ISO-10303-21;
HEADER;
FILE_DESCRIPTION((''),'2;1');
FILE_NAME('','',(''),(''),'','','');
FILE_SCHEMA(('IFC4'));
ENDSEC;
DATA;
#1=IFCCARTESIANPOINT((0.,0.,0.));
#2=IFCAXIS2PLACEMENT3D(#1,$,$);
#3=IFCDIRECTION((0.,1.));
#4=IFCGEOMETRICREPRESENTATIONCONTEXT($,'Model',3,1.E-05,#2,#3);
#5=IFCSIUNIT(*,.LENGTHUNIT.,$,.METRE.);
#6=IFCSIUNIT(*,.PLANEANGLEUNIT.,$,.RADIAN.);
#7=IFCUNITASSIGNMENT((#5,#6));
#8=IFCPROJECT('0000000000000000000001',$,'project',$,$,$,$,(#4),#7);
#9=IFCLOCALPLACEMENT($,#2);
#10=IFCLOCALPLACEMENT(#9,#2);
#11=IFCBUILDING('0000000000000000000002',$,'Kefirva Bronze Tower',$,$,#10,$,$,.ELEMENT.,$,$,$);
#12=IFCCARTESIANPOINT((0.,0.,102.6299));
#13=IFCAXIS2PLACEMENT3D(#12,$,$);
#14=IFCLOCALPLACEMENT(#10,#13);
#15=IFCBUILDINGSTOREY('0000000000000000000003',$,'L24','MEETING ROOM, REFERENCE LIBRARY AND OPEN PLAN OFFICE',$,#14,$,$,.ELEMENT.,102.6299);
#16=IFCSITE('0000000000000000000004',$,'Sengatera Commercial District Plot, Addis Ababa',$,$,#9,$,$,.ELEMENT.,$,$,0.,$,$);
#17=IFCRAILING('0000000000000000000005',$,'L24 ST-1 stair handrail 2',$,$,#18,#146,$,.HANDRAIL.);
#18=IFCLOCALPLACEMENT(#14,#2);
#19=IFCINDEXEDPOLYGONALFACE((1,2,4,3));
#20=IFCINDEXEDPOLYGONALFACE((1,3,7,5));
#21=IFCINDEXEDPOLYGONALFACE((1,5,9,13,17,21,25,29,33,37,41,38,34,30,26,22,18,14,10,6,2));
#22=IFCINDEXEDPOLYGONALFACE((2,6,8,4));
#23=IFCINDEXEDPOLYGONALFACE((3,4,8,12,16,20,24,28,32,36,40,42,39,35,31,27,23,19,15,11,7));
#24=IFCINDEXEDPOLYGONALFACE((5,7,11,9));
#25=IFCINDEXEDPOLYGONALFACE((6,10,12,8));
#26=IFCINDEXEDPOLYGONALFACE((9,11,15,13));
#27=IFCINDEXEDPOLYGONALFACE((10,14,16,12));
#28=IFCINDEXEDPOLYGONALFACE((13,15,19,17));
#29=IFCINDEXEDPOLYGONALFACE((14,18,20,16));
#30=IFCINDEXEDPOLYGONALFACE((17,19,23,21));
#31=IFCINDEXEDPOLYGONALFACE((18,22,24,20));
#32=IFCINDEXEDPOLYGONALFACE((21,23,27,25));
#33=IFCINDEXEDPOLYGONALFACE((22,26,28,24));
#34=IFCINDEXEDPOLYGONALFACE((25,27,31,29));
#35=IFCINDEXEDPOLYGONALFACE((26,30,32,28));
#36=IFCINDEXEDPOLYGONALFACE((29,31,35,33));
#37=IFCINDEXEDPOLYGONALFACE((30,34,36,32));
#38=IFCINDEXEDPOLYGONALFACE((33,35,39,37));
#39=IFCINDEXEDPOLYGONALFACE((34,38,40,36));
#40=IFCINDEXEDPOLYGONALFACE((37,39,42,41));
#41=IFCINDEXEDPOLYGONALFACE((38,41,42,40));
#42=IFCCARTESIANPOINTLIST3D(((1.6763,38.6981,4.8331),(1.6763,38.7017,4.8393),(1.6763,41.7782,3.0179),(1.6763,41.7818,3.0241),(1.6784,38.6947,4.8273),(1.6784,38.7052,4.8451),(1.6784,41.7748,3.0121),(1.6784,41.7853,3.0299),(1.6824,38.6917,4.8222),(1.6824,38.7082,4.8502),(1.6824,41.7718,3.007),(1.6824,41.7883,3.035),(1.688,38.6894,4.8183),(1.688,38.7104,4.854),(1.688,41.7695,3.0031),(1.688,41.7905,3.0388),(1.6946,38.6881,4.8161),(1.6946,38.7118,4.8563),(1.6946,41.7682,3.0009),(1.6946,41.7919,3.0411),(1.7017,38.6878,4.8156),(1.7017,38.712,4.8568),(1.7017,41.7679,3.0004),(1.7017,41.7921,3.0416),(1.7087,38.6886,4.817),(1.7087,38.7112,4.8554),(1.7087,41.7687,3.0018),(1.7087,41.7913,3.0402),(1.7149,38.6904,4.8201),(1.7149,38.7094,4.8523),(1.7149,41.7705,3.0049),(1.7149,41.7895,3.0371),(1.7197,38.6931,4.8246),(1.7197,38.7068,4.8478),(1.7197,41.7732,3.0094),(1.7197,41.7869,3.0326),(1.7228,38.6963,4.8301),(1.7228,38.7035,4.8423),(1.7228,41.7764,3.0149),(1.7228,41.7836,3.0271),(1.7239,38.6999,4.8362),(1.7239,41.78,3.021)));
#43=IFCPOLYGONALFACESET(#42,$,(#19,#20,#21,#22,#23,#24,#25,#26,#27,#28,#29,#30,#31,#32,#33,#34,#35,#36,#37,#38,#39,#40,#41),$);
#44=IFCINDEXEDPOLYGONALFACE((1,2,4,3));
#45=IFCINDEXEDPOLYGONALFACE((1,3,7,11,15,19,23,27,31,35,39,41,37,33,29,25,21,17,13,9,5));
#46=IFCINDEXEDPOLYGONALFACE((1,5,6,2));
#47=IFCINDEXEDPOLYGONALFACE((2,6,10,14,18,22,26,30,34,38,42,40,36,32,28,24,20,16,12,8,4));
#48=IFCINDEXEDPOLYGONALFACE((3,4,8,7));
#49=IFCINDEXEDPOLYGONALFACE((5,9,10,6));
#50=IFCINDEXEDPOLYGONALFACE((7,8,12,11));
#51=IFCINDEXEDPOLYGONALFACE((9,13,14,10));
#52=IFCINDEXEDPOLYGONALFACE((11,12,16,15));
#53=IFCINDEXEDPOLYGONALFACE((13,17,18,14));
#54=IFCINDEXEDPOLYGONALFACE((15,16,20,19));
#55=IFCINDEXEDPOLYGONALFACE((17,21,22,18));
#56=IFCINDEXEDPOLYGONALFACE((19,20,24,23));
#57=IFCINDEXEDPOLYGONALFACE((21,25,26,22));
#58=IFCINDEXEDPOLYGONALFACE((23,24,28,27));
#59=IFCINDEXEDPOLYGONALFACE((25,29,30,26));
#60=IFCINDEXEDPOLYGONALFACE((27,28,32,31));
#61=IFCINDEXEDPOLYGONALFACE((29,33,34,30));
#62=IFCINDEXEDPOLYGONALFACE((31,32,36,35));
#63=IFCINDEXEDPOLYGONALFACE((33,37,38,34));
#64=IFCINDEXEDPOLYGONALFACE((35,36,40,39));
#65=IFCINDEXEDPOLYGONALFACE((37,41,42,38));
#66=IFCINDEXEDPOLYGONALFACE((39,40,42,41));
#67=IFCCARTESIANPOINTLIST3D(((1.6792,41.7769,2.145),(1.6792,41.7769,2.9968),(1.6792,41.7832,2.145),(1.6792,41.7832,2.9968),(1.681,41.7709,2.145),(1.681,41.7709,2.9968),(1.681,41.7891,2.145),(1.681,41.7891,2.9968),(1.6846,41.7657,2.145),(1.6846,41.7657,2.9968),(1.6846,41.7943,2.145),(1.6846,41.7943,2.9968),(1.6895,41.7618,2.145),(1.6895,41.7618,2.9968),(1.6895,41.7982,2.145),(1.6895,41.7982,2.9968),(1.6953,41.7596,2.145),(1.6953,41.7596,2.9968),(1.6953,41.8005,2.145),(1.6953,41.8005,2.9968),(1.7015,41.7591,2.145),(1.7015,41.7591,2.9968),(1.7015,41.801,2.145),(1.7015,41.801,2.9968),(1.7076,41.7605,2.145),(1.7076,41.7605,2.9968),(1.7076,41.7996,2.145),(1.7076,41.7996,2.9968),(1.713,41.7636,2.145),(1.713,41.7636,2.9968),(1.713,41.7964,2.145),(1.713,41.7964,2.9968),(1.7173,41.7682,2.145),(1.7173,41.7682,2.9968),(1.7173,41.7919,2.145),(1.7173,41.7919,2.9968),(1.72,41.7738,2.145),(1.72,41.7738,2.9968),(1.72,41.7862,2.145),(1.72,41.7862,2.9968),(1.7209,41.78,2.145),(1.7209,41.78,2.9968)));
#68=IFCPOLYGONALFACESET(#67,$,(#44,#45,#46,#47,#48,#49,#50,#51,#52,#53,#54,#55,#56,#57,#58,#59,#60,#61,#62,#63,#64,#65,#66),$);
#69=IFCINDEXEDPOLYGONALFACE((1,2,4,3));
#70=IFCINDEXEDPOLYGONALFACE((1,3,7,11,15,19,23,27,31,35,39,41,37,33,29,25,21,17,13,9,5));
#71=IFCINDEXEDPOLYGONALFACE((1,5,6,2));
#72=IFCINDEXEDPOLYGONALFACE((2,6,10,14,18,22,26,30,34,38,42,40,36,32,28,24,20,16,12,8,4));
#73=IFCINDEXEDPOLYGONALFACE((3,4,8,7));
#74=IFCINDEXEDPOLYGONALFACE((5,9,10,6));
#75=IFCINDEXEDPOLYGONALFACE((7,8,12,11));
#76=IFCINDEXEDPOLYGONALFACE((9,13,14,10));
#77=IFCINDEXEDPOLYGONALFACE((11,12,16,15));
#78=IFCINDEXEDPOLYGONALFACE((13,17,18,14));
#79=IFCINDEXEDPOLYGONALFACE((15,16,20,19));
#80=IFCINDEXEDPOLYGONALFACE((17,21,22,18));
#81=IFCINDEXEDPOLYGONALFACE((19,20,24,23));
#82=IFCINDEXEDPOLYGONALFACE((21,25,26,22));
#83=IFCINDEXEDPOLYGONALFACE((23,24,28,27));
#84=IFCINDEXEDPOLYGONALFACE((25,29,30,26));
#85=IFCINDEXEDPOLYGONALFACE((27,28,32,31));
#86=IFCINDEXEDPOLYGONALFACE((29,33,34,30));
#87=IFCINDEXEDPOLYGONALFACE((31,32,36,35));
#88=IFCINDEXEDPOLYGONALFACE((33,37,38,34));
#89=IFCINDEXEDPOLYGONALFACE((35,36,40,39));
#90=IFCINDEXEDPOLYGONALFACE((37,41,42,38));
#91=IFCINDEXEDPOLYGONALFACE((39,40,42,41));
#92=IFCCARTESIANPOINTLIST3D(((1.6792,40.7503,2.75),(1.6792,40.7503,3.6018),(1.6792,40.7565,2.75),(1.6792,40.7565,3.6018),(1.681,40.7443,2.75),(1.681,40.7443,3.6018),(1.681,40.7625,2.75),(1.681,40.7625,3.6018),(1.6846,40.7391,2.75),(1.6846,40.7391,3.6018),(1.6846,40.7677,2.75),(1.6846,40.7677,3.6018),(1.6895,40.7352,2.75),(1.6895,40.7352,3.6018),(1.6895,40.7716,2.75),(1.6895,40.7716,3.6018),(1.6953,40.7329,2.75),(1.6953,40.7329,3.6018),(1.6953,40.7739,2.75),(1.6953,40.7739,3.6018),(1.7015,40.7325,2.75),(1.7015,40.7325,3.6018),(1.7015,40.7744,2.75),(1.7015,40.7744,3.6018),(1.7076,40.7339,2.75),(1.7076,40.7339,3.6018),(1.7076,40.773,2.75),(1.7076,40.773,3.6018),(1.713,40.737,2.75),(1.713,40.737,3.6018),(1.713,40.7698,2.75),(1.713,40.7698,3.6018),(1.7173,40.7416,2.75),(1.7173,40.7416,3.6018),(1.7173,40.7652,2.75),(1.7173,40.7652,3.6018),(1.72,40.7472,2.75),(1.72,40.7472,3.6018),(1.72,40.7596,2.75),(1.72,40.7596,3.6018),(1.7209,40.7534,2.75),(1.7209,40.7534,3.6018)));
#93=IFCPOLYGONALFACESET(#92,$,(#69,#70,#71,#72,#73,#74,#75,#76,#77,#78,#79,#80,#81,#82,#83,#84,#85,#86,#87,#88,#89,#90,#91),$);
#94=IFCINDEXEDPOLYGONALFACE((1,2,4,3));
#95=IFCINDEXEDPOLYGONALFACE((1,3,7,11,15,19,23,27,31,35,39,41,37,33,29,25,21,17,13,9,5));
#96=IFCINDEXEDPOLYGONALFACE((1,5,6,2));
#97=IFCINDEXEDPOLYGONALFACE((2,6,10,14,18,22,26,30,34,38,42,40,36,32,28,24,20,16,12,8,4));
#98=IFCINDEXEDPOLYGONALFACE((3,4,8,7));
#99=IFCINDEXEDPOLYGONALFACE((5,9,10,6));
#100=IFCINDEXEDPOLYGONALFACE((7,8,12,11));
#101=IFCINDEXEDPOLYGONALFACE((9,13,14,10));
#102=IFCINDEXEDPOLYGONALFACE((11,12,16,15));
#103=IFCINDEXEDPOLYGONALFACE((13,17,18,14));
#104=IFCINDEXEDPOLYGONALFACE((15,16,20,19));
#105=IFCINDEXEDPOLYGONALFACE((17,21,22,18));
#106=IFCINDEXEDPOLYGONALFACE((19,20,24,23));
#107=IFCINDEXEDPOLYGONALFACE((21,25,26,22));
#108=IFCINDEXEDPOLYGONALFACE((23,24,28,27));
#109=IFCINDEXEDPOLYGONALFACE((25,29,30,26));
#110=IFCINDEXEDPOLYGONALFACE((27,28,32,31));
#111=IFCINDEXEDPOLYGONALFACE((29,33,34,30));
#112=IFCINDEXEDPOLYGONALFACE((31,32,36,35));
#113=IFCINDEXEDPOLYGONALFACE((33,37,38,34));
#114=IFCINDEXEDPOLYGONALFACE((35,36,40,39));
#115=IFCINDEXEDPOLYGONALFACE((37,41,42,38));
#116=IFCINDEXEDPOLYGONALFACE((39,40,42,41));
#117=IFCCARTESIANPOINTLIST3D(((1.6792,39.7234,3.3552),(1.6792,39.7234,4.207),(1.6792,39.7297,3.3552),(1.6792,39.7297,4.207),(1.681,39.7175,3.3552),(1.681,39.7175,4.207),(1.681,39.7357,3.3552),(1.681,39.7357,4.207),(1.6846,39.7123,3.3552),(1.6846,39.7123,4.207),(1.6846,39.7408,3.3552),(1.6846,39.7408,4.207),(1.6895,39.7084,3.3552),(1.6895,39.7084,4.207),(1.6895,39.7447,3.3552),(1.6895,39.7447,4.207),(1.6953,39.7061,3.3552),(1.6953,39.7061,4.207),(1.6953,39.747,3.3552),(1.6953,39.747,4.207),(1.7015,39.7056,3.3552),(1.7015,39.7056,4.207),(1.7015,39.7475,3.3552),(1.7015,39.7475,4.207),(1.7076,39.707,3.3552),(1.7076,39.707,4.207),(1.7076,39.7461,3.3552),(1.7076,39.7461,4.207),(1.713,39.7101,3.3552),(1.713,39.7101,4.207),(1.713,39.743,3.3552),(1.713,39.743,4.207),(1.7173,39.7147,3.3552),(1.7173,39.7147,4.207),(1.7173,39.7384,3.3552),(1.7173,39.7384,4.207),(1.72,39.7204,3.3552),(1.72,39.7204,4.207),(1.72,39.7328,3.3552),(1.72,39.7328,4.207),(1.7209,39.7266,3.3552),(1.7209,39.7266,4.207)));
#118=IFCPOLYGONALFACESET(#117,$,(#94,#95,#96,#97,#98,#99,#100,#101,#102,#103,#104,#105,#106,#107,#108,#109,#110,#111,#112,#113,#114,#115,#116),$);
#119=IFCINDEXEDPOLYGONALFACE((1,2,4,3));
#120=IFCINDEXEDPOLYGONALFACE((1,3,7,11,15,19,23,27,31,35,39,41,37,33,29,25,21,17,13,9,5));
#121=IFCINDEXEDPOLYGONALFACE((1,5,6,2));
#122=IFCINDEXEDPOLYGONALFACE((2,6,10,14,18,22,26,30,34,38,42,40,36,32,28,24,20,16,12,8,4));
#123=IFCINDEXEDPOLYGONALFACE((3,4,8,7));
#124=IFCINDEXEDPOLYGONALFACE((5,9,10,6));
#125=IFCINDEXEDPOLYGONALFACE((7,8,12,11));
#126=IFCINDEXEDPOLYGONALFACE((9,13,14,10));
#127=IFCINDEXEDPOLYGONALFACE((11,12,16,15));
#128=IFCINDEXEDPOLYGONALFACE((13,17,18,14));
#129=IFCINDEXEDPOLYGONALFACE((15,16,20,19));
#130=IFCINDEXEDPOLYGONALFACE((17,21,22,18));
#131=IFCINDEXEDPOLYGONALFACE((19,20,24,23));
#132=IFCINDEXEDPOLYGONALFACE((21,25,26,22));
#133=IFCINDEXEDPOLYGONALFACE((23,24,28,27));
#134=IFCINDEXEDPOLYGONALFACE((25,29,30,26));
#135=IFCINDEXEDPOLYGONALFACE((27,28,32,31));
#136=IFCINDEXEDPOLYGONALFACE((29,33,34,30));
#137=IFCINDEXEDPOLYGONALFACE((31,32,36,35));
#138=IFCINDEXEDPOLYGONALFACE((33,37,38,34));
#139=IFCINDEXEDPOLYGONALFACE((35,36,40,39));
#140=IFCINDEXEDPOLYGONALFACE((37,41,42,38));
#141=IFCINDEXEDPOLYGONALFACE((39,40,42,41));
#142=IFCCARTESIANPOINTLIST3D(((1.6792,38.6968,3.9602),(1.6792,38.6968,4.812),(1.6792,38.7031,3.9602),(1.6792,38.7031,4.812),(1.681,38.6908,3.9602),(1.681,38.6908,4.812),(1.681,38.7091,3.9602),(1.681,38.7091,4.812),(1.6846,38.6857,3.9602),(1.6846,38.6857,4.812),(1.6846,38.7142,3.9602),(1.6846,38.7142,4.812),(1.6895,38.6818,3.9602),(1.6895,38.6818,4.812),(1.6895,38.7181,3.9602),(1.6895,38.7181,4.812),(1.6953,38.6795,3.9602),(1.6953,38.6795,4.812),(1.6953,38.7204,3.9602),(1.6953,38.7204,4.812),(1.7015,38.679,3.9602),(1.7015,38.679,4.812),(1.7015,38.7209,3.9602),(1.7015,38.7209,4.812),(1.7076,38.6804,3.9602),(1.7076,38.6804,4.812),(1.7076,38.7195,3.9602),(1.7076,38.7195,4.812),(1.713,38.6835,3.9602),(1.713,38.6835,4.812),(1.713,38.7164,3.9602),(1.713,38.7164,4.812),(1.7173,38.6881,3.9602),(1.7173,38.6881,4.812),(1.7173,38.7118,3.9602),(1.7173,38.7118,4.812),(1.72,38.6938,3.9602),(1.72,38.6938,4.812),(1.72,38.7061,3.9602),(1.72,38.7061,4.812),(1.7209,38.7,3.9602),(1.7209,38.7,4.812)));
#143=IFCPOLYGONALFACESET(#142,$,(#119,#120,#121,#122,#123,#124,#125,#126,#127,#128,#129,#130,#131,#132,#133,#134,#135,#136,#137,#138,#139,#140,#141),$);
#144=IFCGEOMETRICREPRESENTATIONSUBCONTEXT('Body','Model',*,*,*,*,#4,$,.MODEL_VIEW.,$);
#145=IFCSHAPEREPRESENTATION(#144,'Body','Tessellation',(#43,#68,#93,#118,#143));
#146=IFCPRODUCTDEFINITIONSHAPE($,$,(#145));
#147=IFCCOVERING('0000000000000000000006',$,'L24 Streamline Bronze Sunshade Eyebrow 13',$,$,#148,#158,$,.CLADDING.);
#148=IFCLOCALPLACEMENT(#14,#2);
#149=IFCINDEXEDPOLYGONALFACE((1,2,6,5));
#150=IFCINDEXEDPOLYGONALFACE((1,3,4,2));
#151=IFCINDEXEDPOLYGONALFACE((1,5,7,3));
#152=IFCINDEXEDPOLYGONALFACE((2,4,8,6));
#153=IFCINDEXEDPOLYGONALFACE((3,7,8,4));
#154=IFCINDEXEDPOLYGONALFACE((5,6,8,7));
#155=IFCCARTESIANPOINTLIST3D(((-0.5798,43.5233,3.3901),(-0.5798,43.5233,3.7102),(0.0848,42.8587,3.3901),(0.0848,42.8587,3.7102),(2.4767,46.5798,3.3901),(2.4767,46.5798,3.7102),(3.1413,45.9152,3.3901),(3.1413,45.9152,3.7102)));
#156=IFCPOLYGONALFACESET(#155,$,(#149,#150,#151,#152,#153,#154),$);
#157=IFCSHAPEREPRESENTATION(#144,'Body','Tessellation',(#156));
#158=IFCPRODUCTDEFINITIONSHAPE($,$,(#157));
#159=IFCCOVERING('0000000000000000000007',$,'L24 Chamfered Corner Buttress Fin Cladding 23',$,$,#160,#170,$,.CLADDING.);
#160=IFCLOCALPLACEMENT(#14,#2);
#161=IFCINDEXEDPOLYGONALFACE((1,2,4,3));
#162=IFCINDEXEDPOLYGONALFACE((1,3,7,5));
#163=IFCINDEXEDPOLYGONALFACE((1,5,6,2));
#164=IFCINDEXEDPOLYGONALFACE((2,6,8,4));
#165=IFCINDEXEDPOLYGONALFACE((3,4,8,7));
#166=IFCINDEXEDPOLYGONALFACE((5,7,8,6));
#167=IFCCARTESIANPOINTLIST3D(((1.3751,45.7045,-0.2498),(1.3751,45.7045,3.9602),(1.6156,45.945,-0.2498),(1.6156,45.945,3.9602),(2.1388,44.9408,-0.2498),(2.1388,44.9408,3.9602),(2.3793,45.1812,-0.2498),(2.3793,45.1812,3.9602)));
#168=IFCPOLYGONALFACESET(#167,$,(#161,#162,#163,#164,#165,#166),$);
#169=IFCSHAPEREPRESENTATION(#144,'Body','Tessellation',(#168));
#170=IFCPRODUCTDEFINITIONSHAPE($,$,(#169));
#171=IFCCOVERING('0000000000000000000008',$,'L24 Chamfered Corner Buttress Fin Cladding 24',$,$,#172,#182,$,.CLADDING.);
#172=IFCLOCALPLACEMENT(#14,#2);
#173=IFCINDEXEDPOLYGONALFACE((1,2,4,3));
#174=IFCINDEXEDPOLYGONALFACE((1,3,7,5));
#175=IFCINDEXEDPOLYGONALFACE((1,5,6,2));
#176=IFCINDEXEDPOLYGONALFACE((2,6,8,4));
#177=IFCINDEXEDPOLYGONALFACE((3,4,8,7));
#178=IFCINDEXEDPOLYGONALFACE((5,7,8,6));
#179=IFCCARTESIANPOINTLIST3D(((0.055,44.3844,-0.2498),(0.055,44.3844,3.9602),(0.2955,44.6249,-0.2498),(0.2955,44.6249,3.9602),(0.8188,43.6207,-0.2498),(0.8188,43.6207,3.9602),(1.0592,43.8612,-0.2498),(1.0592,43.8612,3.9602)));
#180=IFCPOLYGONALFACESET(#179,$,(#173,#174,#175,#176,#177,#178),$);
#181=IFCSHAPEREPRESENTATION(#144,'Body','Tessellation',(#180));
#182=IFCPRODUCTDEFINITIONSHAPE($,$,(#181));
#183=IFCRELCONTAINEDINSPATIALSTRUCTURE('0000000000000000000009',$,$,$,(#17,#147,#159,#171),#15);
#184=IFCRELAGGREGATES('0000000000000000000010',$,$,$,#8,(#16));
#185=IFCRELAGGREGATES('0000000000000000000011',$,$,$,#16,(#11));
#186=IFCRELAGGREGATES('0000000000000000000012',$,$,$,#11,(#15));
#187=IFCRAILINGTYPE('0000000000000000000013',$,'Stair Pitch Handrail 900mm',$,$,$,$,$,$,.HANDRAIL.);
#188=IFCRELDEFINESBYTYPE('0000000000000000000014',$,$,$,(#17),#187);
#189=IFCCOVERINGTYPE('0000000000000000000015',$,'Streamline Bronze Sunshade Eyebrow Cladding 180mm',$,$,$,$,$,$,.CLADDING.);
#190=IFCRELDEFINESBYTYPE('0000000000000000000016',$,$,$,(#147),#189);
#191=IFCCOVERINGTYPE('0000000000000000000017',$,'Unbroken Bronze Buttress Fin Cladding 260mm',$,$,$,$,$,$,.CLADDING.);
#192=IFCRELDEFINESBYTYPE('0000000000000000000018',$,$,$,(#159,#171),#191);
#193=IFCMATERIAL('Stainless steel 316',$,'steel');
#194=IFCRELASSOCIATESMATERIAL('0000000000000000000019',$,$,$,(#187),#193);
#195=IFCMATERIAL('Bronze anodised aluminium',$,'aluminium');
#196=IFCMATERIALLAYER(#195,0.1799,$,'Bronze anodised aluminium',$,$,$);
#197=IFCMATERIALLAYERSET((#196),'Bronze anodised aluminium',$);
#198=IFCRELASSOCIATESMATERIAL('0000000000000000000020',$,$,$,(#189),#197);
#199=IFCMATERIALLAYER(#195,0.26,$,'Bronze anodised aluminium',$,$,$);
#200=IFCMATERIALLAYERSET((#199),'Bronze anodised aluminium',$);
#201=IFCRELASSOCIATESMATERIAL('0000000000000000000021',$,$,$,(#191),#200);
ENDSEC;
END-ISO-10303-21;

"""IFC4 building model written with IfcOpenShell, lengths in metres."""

from ifc_helpers import new_model, si_unit, direction, frame, origin, origin_2d, place, context, subcontext, project, spatial, rectangle, circle, extrude, material, layer, layer_set, type_object, element, save


model = new_model("IFC4")

# Units and contexts
model_context = context("Model", 3, precision=1e-05, world=origin(), true_north=direction((0.0, 1.0)))
body_context = subcontext(model_context, "Body", "Model", "MODEL_VIEW")
ifc_project = project(units=[si_unit("LENGTHUNIT", "METRE"), si_unit("PLANEANGLEUNIT", "RADIAN")], contexts=[model_context])

# Site, building, storey
site_placement = place(None, origin())
site = spatial("IfcSite", under=ifc_project, at=site_placement, Name="Sengatera Commercial District Plot, Addis Ababa", CompositionType="ELEMENT", RefElevation=0.0)
building_placement = place(site_placement, origin())
building = spatial("IfcBuilding", under=site, at=building_placement, Name="Kefirva Bronze Tower", CompositionType="ELEMENT")
storey_placement = place(building_placement, frame((0.0, 0.0, 102.6299)))
storey = spatial("IfcBuildingStorey", under=building, at=storey_placement, Name="L24", Description="MEETING ROOM, REFERENCE LIBRARY AND OPEN PLAN OFFICE", CompositionType="ELEMENT", Elevation=102.6299)

# Shared definitions
ifc_material_1 = material(Name="Bronze anodised aluminium", Category="aluminium")

# Railing
ifc_material_2 = material(Name="Stainless steel 316", Category="steel")
railing_type_1 = type_object("IfcRailingType", Name="Stair Pitch Handrail 900mm", PredefinedType="HANDRAIL", material=ifc_material_2)
railing_1_placement = place(storey_placement, frame((1.7, 41.78, 2.145)))
element("IfcRailing", 1, at=railing_1_placement, inside=storey, type_object=railing_type_1, Name="L24 ST-1 stair handrail 2", PredefinedType="HANDRAIL", context=body_context, shape_type="SweptSolid", body=[
    extrude(circle(Radius=0.0239, at=origin_2d()), frame((0.0, 0.0, 0.876), z_axis=(0.0, -0.861521, 0.507721), x_axis=(1.0, 0.0, 0.0)), (0.0, 0.0, 1.0), 3.5752),
    extrude(circle(Radius=0.021, at=origin_2d()), origin(), (0.0, 0.0, 1.0), 0.8518),
    extrude(circle(Radius=0.021, at=origin_2d()), frame((0.0, -1.0266, 0.605)), (0.0, 0.0, 1.0), 0.8518),
    extrude(circle(Radius=0.021, at=origin_2d()), frame((0.0, -2.0535, 1.2102)), (0.0, 0.0, 1.0), 0.8518),
    extrude(circle(Radius=0.021, at=origin_2d()), frame((0.0, -3.0801, 1.8152)), (0.0, 0.0, 1.0), 0.8518),
])

# Coverings
ifc_layer_1 = layer(ifc_material_1, 0.1799, Name="Bronze anodised aluminium")
ifc_layer_set_1 = layer_set([ifc_layer_1], Name="Bronze anodised aluminium")
covering_type_1 = type_object("IfcCoveringType", Name="Streamline Bronze Sunshade Eyebrow Cladding 180mm", PredefinedType="CLADDING", material=ifc_layer_set_1)
covering_1_placement = place(storey_placement, frame((1.2808, 44.7192, 3.3901), z_axis=(0.0, 0.0, 1.0), x_axis=(-0.707107, -0.707107, 0.0)))
element("IfcCovering", 2, at=covering_1_placement, inside=storey, type_object=covering_type_1, Name="L24 Streamline Bronze Sunshade Eyebrow 13", PredefinedType="CLADDING", context=body_context, shape_type="SweptSolid", body=[
    extrude(rectangle(XDim=4.3225, YDim=0.9399, at=origin_2d()), origin(), (0.0, 0.0, 1.0), 0.3201),
])
ifc_layer_2 = layer(ifc_material_1, 0.26, Name="Bronze anodised aluminium")
ifc_layer_set_2 = layer_set([ifc_layer_2], Name="Bronze anodised aluminium")
covering_type_2 = type_object("IfcCoveringType", Name="Unbroken Bronze Buttress Fin Cladding 260mm", PredefinedType="CLADDING", material=ifc_layer_set_2)
for number, where, z_axis, x_axis, name in (
    (3, (1.8772, 45.4429, -0.2498), (0.0, 0.0, 1.0), (-0.707107, -0.707107, 0.0), "L24 Chamfered Corner Buttress Fin Cladding 23"),
    (4, (0.5571, 44.1228, -0.2498), (0.0, 0.0, 1.0), (-0.707107, -0.707107, 0.0), "L24 Chamfered Corner Buttress Fin Cladding 24"),
):
    element("IfcCovering", number, at=place(storey_placement, frame(where, z_axis=z_axis, x_axis=x_axis)), inside=storey, type_object=covering_type_2, Name=name, PredefinedType="CLADDING", context=body_context, shape_type="SweptSolid", body=[
        extrude(rectangle(XDim=0.3401, YDim=1.0801, at=origin_2d()), origin(), (0.0, 0.0, 1.0), 4.21),
    ])

save(model, "model.ifc")
